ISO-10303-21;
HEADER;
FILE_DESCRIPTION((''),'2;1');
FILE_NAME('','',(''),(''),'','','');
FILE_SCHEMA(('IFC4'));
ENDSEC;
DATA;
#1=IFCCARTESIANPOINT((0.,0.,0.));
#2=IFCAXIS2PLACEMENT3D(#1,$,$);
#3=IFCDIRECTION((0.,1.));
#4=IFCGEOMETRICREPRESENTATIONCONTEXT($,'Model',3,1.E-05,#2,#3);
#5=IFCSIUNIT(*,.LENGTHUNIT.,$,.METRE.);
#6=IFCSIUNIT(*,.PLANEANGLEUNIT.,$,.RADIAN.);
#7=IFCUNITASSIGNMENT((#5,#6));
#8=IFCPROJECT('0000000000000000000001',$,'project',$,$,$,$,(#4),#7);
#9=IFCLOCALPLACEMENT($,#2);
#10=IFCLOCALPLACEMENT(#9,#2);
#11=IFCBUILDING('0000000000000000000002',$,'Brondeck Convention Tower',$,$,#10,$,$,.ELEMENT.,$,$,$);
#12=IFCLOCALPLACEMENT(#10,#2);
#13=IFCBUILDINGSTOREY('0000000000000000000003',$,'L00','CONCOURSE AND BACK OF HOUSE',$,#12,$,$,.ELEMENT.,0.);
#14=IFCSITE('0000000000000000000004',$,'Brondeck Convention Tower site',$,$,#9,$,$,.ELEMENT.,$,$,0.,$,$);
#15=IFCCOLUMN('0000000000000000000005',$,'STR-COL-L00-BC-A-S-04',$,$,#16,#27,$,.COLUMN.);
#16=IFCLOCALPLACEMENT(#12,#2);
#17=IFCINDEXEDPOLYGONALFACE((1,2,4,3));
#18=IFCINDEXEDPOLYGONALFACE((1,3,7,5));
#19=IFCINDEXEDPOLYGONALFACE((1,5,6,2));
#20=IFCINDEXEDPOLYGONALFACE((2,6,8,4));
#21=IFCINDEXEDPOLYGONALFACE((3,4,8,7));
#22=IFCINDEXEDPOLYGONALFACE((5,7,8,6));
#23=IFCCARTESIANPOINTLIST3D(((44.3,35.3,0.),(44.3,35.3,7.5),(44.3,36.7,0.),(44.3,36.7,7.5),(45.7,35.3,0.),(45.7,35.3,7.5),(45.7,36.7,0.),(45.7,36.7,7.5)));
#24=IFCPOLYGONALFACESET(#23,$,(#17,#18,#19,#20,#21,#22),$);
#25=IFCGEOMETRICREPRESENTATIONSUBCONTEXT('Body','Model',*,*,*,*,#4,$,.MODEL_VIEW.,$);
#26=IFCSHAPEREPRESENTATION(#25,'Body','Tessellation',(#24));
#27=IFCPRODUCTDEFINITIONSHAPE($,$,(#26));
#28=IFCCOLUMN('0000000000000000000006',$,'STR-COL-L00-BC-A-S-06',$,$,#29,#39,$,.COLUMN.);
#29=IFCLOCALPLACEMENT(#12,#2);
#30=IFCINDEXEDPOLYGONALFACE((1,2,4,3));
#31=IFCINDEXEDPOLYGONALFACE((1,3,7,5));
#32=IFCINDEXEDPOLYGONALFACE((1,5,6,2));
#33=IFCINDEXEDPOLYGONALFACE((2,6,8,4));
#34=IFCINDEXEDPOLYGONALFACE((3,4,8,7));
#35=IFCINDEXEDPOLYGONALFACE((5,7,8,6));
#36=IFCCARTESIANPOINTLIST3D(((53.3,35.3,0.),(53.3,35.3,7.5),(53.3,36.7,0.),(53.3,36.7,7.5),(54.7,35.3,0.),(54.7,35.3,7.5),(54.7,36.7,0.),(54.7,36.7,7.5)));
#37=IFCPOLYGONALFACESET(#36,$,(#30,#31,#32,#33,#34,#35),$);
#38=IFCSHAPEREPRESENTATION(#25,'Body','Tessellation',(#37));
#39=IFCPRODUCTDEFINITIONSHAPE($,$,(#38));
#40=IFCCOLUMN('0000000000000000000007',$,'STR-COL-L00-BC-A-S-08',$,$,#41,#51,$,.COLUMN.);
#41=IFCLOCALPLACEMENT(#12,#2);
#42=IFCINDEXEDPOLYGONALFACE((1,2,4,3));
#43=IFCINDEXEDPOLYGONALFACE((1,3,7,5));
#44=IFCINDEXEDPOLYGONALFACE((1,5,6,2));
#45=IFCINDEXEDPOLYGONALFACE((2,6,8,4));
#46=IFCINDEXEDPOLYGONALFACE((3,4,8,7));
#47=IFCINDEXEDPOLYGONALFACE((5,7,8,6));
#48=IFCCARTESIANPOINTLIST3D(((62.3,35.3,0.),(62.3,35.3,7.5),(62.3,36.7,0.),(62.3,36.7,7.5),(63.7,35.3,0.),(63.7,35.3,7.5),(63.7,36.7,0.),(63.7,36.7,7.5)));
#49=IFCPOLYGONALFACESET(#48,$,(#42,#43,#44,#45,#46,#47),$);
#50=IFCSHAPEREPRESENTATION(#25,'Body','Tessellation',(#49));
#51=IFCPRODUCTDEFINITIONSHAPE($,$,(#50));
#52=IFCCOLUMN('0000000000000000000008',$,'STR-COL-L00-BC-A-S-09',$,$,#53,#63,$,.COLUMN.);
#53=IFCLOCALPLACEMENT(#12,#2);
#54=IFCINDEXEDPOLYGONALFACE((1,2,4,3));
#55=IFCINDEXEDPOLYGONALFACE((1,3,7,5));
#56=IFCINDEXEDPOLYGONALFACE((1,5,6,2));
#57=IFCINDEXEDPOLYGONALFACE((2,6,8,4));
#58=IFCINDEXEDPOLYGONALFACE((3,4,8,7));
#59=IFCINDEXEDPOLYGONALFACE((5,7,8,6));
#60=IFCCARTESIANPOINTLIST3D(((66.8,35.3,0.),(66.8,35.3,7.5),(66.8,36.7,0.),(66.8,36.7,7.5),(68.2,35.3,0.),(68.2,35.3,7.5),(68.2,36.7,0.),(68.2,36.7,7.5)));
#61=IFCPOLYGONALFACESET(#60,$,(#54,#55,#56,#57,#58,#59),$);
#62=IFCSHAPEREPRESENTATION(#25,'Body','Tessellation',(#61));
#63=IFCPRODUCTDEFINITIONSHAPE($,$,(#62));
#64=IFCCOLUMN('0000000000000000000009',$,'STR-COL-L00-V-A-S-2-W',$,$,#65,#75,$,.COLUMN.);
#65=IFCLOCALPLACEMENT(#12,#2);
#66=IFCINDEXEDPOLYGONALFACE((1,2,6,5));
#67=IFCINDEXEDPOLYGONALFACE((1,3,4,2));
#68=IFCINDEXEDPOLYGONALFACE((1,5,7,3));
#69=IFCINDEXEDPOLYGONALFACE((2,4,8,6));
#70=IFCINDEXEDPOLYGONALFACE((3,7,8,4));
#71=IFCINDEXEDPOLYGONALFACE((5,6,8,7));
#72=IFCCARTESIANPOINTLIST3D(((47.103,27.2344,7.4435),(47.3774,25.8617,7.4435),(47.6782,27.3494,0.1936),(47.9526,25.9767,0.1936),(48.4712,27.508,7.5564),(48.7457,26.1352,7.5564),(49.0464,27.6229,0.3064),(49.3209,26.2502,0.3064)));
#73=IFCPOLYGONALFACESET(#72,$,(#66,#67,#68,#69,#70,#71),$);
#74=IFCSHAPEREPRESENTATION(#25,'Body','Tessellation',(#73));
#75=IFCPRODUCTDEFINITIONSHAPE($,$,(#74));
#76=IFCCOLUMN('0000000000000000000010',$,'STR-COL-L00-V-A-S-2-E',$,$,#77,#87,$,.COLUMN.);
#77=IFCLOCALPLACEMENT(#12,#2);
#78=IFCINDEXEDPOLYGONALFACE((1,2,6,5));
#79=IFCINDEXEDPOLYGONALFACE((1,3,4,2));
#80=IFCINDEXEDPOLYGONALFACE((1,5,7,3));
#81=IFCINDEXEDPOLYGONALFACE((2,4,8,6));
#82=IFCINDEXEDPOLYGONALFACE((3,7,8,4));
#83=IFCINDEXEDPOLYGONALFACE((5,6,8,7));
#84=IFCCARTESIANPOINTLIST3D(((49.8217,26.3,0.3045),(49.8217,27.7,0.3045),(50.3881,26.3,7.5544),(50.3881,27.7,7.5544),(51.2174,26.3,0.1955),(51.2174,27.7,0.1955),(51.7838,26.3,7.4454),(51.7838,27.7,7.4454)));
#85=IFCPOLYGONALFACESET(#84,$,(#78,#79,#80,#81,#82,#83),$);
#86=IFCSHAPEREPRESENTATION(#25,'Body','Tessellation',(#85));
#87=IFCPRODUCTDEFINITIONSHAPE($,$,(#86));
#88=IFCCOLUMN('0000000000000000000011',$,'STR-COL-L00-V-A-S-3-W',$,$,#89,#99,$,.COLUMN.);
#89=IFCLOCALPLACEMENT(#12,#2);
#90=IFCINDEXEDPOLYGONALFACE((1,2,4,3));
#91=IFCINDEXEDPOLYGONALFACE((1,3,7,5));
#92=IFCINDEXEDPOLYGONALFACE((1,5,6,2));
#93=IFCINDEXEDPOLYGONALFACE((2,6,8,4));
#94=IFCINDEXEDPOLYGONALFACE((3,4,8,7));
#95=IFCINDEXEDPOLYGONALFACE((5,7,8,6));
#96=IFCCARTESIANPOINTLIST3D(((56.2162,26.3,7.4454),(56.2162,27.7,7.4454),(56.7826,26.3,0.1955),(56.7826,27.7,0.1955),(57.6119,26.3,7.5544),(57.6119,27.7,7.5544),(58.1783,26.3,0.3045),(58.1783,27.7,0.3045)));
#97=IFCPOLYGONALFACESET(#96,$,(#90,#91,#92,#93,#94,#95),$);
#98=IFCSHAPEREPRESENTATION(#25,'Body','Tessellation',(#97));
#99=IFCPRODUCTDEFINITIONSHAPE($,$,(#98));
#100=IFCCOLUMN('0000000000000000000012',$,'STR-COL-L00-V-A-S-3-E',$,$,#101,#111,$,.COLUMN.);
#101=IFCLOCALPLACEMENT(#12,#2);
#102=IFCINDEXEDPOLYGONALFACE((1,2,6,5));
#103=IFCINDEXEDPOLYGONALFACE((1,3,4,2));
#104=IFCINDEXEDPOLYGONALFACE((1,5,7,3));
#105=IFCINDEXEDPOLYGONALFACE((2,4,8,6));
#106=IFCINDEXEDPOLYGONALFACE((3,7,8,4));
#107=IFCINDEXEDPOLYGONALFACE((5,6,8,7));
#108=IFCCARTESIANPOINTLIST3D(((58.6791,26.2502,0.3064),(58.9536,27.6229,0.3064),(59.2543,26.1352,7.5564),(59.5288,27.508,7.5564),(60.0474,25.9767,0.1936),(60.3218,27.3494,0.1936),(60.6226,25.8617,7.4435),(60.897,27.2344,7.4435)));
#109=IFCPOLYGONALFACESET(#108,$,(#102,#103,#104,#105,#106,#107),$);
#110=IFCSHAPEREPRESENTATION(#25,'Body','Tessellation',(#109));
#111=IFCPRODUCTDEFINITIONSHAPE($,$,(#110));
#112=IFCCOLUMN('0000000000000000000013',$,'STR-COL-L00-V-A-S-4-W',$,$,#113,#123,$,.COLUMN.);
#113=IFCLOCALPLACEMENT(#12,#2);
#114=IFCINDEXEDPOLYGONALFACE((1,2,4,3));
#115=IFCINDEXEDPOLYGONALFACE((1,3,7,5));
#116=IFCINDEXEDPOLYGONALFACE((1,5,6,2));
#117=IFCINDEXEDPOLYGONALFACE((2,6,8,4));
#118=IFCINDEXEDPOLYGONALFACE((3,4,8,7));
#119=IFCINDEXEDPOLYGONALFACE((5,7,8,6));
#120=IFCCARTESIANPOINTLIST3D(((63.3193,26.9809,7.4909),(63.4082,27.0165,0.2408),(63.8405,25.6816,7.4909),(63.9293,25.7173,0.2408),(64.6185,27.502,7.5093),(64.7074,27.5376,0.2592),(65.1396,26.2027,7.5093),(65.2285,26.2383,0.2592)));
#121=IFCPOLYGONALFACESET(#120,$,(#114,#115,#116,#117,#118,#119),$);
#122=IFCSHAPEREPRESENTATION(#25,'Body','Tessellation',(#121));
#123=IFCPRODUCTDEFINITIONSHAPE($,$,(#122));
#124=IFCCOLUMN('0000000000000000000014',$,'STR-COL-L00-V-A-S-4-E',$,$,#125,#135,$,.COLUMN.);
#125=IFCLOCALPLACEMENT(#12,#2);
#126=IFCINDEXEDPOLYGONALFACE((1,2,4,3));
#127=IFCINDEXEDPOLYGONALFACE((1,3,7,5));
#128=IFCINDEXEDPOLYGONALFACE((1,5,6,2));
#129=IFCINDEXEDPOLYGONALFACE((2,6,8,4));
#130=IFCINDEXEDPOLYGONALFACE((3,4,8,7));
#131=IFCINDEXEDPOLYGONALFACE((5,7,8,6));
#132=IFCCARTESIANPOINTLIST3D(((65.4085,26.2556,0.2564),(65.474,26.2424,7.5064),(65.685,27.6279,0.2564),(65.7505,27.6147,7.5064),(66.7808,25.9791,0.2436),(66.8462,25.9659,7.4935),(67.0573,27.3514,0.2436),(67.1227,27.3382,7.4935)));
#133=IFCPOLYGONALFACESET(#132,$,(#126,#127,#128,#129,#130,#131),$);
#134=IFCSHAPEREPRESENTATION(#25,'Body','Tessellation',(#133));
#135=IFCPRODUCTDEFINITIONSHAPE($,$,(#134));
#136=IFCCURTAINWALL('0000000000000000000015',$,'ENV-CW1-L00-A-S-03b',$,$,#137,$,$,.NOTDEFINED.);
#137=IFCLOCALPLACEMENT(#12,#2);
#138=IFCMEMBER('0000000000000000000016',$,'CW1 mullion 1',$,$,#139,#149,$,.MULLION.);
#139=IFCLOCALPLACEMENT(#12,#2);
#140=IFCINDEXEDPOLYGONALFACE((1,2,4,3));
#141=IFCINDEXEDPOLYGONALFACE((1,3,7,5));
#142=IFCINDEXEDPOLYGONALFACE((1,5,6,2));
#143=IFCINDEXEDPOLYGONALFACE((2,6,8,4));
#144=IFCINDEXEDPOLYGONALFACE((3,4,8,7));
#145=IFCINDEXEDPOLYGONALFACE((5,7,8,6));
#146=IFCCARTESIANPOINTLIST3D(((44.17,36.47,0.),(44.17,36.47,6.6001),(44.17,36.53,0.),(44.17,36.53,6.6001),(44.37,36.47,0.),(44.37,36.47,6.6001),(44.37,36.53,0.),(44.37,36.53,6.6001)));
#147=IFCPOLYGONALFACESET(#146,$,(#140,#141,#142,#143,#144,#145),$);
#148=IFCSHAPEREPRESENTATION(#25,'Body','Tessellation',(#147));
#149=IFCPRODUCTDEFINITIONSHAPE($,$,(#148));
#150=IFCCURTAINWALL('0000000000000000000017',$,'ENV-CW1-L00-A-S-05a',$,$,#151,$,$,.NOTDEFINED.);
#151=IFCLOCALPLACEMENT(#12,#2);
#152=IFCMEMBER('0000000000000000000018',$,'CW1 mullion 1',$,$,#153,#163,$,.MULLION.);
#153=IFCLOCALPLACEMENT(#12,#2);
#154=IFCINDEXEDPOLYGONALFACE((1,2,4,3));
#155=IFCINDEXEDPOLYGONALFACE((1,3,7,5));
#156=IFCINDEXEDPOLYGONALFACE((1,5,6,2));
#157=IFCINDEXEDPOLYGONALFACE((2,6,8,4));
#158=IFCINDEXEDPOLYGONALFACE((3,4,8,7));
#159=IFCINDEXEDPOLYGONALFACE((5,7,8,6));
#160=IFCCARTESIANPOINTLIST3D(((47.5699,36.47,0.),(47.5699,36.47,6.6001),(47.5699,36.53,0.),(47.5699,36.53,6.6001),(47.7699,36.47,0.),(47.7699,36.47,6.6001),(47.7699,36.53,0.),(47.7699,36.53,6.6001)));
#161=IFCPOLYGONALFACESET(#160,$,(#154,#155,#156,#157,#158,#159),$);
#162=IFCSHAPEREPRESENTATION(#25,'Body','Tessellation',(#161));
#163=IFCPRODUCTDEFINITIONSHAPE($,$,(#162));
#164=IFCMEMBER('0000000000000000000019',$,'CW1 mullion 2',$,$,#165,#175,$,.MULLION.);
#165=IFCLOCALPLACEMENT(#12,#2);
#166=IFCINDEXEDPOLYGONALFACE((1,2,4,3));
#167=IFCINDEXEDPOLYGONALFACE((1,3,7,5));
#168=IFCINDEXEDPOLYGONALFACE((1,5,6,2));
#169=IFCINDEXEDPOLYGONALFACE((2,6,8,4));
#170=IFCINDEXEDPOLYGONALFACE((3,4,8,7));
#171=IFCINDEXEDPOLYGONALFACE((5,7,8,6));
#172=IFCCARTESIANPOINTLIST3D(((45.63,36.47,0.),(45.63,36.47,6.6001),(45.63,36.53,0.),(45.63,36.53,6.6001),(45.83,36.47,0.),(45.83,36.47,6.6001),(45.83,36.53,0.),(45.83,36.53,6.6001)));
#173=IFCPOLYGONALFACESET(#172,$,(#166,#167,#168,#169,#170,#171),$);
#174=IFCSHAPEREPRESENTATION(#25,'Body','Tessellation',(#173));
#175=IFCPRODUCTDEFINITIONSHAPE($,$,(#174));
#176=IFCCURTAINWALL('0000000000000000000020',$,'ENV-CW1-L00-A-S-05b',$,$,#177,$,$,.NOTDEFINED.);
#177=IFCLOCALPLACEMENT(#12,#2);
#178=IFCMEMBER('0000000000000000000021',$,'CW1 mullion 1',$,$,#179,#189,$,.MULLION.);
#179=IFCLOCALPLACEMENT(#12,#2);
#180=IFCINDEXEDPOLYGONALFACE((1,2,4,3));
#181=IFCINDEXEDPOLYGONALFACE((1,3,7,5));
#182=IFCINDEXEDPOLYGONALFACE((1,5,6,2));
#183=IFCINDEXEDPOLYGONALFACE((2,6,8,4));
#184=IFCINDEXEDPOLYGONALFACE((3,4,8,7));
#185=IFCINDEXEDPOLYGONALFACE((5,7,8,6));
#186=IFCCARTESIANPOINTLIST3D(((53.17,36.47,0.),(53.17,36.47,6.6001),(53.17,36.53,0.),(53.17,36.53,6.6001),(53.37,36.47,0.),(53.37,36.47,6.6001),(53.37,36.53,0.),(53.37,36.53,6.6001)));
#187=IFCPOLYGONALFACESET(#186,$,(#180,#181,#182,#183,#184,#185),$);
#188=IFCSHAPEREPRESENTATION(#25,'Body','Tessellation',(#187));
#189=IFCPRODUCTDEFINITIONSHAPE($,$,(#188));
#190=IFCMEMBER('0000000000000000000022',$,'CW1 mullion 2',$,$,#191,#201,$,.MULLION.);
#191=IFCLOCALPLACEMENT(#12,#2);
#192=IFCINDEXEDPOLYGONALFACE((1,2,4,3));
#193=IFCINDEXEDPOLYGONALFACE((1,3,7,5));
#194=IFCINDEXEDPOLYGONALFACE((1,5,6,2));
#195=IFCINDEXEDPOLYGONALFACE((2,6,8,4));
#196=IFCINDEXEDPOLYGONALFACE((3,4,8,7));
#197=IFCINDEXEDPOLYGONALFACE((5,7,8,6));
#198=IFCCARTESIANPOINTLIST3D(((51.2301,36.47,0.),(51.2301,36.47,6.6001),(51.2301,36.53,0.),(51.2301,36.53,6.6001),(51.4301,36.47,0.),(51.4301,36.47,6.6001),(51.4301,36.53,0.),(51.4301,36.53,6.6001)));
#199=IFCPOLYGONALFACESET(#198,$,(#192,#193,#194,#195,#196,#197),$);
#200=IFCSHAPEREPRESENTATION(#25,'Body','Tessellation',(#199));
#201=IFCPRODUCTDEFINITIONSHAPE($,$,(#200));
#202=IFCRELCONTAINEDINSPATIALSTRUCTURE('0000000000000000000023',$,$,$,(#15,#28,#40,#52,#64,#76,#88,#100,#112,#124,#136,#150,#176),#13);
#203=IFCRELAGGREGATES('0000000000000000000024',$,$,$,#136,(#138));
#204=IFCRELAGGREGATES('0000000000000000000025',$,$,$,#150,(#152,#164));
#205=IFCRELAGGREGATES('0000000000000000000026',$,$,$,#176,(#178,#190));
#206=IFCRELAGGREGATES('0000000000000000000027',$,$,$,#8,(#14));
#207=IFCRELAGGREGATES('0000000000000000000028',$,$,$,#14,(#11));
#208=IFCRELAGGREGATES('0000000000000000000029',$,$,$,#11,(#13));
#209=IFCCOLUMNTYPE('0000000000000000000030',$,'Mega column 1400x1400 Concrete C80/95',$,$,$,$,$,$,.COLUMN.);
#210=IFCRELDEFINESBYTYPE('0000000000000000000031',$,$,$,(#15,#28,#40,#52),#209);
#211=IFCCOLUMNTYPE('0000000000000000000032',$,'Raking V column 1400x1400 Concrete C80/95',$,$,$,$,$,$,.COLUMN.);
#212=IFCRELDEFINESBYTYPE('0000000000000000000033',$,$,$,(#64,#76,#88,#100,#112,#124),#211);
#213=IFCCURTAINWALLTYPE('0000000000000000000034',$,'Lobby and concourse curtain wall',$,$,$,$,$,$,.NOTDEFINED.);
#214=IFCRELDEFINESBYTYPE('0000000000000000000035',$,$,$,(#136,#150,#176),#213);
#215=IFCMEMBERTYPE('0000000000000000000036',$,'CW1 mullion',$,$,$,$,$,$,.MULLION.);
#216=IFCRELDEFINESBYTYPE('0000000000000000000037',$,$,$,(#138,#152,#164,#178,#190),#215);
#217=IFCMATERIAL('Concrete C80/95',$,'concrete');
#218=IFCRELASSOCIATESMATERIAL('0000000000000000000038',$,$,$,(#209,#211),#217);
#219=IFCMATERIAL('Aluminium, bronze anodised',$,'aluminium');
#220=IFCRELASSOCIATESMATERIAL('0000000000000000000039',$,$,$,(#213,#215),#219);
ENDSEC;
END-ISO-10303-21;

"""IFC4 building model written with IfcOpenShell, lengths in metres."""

from ifc_helpers import new_model, si_unit, direction, frame, origin, origin_2d, place, context, subcontext, project, spatial, rectangle, extrude, material, material_profile, profile_set, type_object, element, aggregate, save


model = new_model("IFC4")

# Units and contexts
model_context = context("Model", 3, precision=1e-05, world=origin(), true_north=direction((0.0, 1.0)))
body_context = subcontext(model_context, "Body", "Model", "MODEL_VIEW")
ifc_project = project(units=[si_unit("LENGTHUNIT", "METRE"), si_unit("PLANEANGLEUNIT", "RADIAN")], contexts=[model_context])

# Site, building, storey
site_placement = place(None, origin())
site = spatial("IfcSite", under=ifc_project, at=site_placement, Name="Brondeck Convention Tower site", CompositionType="ELEMENT", RefElevation=0.0)
building_placement = place(site_placement, origin())
building = spatial("IfcBuilding", under=site, at=building_placement, Name="Brondeck Convention Tower", CompositionType="ELEMENT")
storey_placement = place(building_placement, origin())
storey = spatial("IfcBuildingStorey", under=building, at=storey_placement, Name="L00", Description="CONCOURSE AND BACK OF HOUSE", CompositionType="ELEMENT", Elevation=0.0)

# Columns
ifc_material_1 = material(Name="Concrete C80/95", Category="concrete")
ifc_material_profile_1 = material_profile(ifc_material_1, rectangle(XDim=1.3999, YDim=1.3999, at=origin_2d()), Name="Mega column 1400x1400 Concrete C80/95")
ifc_profile_set_1 = profile_set([ifc_material_profile_1], Name="Concrete C80/95")
column_type_1 = type_object("IfcColumnType", Name="Mega column 1400x1400 Concrete C80/95", PredefinedType="COLUMN", material=ifc_profile_set_1)
for number, where, z_axis, x_axis, name in (
    (1, (45.0, 36.0, 0.0), (0.0, 0.0, 1.0), (1.0, 0.0, 0.0), "STR-COL-L00-BC-A-S-04"),
    (2, (54.0, 36.0, 0.0), (0.0, 0.0, 1.0), (1.0, 0.0, 0.0), "STR-COL-L00-BC-A-S-06"),
    (3, (63.0, 36.0, 0.0), (0.0, 0.0, 1.0), (1.0, 0.0, 0.0), "STR-COL-L00-BC-A-S-08"),
    (4, (67.5, 36.0, 0.0), (0.0, 0.0, 1.0), (1.0, 0.0, 0.0), "STR-COL-L00-BC-A-S-09"),
):
    element("IfcColumn", number, at=place(storey_placement, frame(where, z_axis=z_axis, x_axis=x_axis)), inside=storey, type_object=column_type_1, Name=name, PredefinedType="COLUMN", context=body_context, shape_type="SweptSolid", body=[
        extrude(rectangle(XDim=1.3999, YDim=1.3999, at=origin_2d()), origin(), (0.0, 0.0, 1.0), 7.5),
    ])
ifc_material_profile_2 = material_profile(ifc_material_1, rectangle(XDim=1.3999, YDim=1.3999, at=origin_2d()), Name="Raking V column 1400x1400 Concrete C80/95")
ifc_profile_set_2 = profile_set([ifc_material_profile_2], Name="Concrete C80/95")
column_type_2 = type_object("IfcColumnType", Name="Raking V column 1400x1400 Concrete C80/95", PredefinedType="COLUMN", material=ifc_profile_set_2)
column_1_placement = place(storey_placement, frame((48.4995, 26.7998, 0.25), z_axis=(-0.079079, -0.015809, 0.996743), x_axis=(0.196036, -0.980597, 0.0)))
element("IfcColumn", 5, at=column_1_placement, inside=storey, type_object=column_type_2, Name="STR-COL-L00-V-A-S-2-W", PredefinedType="COLUMN", context=body_context, shape_type="SweptSolid", body=[
    extrude(rectangle(XDim=1.3999, YDim=1.3999, at=origin_2d()), origin(), (0.0, 0.0, 1.0), 7.2737),
])
for number, where, z_axis, x_axis, name in (
    (6, (50.5195, 27.0, 0.25), (0.077888, 0.0, 0.996962), (0.0, 1.0, 0.0), "STR-COL-L00-V-A-S-2-E"),
    (7, (57.4805, 27.0, 0.25), (-0.077888, 0.0, 0.996962), (0.0, -1.0, 0.0), "STR-COL-L00-V-A-S-3-W"),
):
    element("IfcColumn", number, at=place(storey_placement, frame(where, z_axis=z_axis, x_axis=x_axis)), inside=storey, type_object=column_type_2, Name=name, PredefinedType="COLUMN", context=body_context, shape_type="SweptSolid", body=[
        extrude(rectangle(XDim=1.3999, YDim=1.3999, at=origin_2d()), origin(), (0.0, 0.0, 1.0), 7.272),
    ])
column_2_placement = place(storey_placement, frame((59.5005, 26.7998, 0.25), z_axis=(0.079079, -0.015809, 0.996743), x_axis=(0.196036, 0.980597, 0.0)))
element("IfcColumn", 8, at=column_2_placement, inside=storey, type_object=column_type_2, Name="STR-COL-L00-V-A-S-3-E", PredefinedType="COLUMN", context=body_context, shape_type="SweptSolid", body=[
    extrude(rectangle(XDim=1.3999, YDim=1.3999, at=origin_2d()), origin(), (0.0, 0.0, 1.0), 7.2737),
])
column_3_placement = place(storey_placement, frame((64.3184, 26.6274, 0.25), z_axis=(-0.012256, -0.004916, 0.999913), x_axis=(0.37227, -0.928125, 0.0)))
element("IfcColumn", 9, at=column_3_placement, inside=storey, type_object=column_type_2, Name="STR-COL-L00-V-A-S-4-W", PredefinedType="COLUMN", context=body_context, shape_type="SweptSolid", body=[
    extrude(rectangle(XDim=1.3999, YDim=1.3999, at=origin_2d()), origin(), (0.0, 0.0, 1.0), 7.2507),
])
column_4_placement = place(storey_placement, frame((66.2329, 26.8035, 0.25), z_axis=(0.009024, -0.001818, 0.999958), x_axis=(0.197523, 0.980298, 0.0)))
element("IfcColumn", 10, at=column_4_placement, inside=storey, type_object=column_type_2, Name="STR-COL-L00-V-A-S-4-E", PredefinedType="COLUMN", context=body_context, shape_type="SweptSolid", body=[
    extrude(rectangle(XDim=1.3999, YDim=1.3999, at=origin_2d()), origin(), (0.0, 0.0, 1.0), 7.2502),
])

# Curtain wall, member
ifc_material_2 = material(Name="Aluminium, bronze anodised", Category="aluminium")
curtain_wall_type = type_object("IfcCurtainWallType", Name="Lobby and concourse curtain wall", PredefinedType="NOTDEFINED", material=ifc_material_2)
curtain_wall_1_placement = place(storey_placement, origin())
curtain_wall_1 = element("IfcCurtainWall", 11, at=curtain_wall_1_placement, inside=storey, type_object=curtain_wall_type, Name="ENV-CW1-L00-A-S-03b", PredefinedType="NOTDEFINED")
ifc_material_profile_3 = material_profile(ifc_material_2, rectangle(XDim=0.0601, YDim=0.2, at=origin_2d()), Name="CW1 mullion")
ifc_profile_set_3 = profile_set([ifc_material_profile_3], Name="Aluminium, bronze anodised")
member_type_1 = type_object("IfcMemberType", Name="CW1 mullion", PredefinedType="MULLION", material=ifc_profile_set_3)
member_1_placement = place(storey_placement, frame((44.27, 36.5, 0.0), z_axis=(0.0, 0.0, 1.0), x_axis=(0.0, -1.0, 0.0)))
member_1 = element("IfcMember", 12, at=member_1_placement, type_object=member_type_1, Name="CW1 mullion 1", PredefinedType="MULLION", context=body_context, shape_type="SweptSolid", body=[
    extrude(rectangle(XDim=0.0601, YDim=0.2, at=origin_2d()), origin(), (0.0, 0.0, 1.0), 6.6001),
])

# Curtain walls, members
curtain_wall_2_placement = place(storey_placement, origin())
curtain_wall_2 = element("IfcCurtainWall", 13, at=curtain_wall_2_placement, inside=storey, type_object=curtain_wall_type, Name="ENV-CW1-L00-A-S-05a", PredefinedType="NOTDEFINED")
member_2_placement = place(storey_placement, frame((47.6699, 36.5, 0.0), z_axis=(0.0, 0.0, 1.0), x_axis=(0.0, -1.0, 0.0)))
member_2 = element("IfcMember", 14, at=member_2_placement, type_object=member_type_1, Name="CW1 mullion 1", PredefinedType="MULLION", context=body_context, shape_type="SweptSolid", body=[
    extrude(rectangle(XDim=0.0601, YDim=0.2, at=origin_2d()), origin(), (0.0, 0.0, 1.0), 6.6001),
])
member_3_placement = place(storey_placement, frame((45.73, 36.5, 0.0), z_axis=(0.0, 0.0, 1.0), x_axis=(0.0, -1.0, 0.0)))
member_3 = element("IfcMember", 15, at=member_3_placement, type_object=member_type_1, Name="CW1 mullion 2", PredefinedType="MULLION", context=body_context, shape_type="SweptSolid", body=[
    extrude(rectangle(XDim=0.0601, YDim=0.2, at=origin_2d()), origin(), (0.0, 0.0, 1.0), 6.6001),
])
curtain_wall_3_placement = place(storey_placement, origin())
curtain_wall_3 = element("IfcCurtainWall", 16, at=curtain_wall_3_placement, inside=storey, type_object=curtain_wall_type, Name="ENV-CW1-L00-A-S-05b", PredefinedType="NOTDEFINED")
member_4_placement = place(storey_placement, frame((53.27, 36.5, 0.0), z_axis=(0.0, 0.0, 1.0), x_axis=(0.0, -1.0, 0.0)))
member_4 = element("IfcMember", 17, at=member_4_placement, type_object=member_type_1, Name="CW1 mullion 1", PredefinedType="MULLION", context=body_context, shape_type="SweptSolid", body=[
    extrude(rectangle(XDim=0.0601, YDim=0.2, at=origin_2d()), origin(), (0.0, 0.0, 1.0), 6.6001),
])
member_5_placement = place(storey_placement, frame((51.3301, 36.5, 0.0), z_axis=(0.0, 0.0, 1.0), x_axis=(0.0, -1.0, 0.0)))
member_5 = element("IfcMember", 18, at=member_5_placement, type_object=member_type_1, Name="CW1 mullion 2", PredefinedType="MULLION", context=body_context, shape_type="SweptSolid", body=[
    extrude(rectangle(XDim=0.0601, YDim=0.2, at=origin_2d()), origin(), (0.0, 0.0, 1.0), 6.6001),
])

aggregate(curtain_wall_1, [member_1])

aggregate(curtain_wall_2, [member_2, member_3])
aggregate(curtain_wall_3, [member_4, member_5])

save(model, "model.ifc")
